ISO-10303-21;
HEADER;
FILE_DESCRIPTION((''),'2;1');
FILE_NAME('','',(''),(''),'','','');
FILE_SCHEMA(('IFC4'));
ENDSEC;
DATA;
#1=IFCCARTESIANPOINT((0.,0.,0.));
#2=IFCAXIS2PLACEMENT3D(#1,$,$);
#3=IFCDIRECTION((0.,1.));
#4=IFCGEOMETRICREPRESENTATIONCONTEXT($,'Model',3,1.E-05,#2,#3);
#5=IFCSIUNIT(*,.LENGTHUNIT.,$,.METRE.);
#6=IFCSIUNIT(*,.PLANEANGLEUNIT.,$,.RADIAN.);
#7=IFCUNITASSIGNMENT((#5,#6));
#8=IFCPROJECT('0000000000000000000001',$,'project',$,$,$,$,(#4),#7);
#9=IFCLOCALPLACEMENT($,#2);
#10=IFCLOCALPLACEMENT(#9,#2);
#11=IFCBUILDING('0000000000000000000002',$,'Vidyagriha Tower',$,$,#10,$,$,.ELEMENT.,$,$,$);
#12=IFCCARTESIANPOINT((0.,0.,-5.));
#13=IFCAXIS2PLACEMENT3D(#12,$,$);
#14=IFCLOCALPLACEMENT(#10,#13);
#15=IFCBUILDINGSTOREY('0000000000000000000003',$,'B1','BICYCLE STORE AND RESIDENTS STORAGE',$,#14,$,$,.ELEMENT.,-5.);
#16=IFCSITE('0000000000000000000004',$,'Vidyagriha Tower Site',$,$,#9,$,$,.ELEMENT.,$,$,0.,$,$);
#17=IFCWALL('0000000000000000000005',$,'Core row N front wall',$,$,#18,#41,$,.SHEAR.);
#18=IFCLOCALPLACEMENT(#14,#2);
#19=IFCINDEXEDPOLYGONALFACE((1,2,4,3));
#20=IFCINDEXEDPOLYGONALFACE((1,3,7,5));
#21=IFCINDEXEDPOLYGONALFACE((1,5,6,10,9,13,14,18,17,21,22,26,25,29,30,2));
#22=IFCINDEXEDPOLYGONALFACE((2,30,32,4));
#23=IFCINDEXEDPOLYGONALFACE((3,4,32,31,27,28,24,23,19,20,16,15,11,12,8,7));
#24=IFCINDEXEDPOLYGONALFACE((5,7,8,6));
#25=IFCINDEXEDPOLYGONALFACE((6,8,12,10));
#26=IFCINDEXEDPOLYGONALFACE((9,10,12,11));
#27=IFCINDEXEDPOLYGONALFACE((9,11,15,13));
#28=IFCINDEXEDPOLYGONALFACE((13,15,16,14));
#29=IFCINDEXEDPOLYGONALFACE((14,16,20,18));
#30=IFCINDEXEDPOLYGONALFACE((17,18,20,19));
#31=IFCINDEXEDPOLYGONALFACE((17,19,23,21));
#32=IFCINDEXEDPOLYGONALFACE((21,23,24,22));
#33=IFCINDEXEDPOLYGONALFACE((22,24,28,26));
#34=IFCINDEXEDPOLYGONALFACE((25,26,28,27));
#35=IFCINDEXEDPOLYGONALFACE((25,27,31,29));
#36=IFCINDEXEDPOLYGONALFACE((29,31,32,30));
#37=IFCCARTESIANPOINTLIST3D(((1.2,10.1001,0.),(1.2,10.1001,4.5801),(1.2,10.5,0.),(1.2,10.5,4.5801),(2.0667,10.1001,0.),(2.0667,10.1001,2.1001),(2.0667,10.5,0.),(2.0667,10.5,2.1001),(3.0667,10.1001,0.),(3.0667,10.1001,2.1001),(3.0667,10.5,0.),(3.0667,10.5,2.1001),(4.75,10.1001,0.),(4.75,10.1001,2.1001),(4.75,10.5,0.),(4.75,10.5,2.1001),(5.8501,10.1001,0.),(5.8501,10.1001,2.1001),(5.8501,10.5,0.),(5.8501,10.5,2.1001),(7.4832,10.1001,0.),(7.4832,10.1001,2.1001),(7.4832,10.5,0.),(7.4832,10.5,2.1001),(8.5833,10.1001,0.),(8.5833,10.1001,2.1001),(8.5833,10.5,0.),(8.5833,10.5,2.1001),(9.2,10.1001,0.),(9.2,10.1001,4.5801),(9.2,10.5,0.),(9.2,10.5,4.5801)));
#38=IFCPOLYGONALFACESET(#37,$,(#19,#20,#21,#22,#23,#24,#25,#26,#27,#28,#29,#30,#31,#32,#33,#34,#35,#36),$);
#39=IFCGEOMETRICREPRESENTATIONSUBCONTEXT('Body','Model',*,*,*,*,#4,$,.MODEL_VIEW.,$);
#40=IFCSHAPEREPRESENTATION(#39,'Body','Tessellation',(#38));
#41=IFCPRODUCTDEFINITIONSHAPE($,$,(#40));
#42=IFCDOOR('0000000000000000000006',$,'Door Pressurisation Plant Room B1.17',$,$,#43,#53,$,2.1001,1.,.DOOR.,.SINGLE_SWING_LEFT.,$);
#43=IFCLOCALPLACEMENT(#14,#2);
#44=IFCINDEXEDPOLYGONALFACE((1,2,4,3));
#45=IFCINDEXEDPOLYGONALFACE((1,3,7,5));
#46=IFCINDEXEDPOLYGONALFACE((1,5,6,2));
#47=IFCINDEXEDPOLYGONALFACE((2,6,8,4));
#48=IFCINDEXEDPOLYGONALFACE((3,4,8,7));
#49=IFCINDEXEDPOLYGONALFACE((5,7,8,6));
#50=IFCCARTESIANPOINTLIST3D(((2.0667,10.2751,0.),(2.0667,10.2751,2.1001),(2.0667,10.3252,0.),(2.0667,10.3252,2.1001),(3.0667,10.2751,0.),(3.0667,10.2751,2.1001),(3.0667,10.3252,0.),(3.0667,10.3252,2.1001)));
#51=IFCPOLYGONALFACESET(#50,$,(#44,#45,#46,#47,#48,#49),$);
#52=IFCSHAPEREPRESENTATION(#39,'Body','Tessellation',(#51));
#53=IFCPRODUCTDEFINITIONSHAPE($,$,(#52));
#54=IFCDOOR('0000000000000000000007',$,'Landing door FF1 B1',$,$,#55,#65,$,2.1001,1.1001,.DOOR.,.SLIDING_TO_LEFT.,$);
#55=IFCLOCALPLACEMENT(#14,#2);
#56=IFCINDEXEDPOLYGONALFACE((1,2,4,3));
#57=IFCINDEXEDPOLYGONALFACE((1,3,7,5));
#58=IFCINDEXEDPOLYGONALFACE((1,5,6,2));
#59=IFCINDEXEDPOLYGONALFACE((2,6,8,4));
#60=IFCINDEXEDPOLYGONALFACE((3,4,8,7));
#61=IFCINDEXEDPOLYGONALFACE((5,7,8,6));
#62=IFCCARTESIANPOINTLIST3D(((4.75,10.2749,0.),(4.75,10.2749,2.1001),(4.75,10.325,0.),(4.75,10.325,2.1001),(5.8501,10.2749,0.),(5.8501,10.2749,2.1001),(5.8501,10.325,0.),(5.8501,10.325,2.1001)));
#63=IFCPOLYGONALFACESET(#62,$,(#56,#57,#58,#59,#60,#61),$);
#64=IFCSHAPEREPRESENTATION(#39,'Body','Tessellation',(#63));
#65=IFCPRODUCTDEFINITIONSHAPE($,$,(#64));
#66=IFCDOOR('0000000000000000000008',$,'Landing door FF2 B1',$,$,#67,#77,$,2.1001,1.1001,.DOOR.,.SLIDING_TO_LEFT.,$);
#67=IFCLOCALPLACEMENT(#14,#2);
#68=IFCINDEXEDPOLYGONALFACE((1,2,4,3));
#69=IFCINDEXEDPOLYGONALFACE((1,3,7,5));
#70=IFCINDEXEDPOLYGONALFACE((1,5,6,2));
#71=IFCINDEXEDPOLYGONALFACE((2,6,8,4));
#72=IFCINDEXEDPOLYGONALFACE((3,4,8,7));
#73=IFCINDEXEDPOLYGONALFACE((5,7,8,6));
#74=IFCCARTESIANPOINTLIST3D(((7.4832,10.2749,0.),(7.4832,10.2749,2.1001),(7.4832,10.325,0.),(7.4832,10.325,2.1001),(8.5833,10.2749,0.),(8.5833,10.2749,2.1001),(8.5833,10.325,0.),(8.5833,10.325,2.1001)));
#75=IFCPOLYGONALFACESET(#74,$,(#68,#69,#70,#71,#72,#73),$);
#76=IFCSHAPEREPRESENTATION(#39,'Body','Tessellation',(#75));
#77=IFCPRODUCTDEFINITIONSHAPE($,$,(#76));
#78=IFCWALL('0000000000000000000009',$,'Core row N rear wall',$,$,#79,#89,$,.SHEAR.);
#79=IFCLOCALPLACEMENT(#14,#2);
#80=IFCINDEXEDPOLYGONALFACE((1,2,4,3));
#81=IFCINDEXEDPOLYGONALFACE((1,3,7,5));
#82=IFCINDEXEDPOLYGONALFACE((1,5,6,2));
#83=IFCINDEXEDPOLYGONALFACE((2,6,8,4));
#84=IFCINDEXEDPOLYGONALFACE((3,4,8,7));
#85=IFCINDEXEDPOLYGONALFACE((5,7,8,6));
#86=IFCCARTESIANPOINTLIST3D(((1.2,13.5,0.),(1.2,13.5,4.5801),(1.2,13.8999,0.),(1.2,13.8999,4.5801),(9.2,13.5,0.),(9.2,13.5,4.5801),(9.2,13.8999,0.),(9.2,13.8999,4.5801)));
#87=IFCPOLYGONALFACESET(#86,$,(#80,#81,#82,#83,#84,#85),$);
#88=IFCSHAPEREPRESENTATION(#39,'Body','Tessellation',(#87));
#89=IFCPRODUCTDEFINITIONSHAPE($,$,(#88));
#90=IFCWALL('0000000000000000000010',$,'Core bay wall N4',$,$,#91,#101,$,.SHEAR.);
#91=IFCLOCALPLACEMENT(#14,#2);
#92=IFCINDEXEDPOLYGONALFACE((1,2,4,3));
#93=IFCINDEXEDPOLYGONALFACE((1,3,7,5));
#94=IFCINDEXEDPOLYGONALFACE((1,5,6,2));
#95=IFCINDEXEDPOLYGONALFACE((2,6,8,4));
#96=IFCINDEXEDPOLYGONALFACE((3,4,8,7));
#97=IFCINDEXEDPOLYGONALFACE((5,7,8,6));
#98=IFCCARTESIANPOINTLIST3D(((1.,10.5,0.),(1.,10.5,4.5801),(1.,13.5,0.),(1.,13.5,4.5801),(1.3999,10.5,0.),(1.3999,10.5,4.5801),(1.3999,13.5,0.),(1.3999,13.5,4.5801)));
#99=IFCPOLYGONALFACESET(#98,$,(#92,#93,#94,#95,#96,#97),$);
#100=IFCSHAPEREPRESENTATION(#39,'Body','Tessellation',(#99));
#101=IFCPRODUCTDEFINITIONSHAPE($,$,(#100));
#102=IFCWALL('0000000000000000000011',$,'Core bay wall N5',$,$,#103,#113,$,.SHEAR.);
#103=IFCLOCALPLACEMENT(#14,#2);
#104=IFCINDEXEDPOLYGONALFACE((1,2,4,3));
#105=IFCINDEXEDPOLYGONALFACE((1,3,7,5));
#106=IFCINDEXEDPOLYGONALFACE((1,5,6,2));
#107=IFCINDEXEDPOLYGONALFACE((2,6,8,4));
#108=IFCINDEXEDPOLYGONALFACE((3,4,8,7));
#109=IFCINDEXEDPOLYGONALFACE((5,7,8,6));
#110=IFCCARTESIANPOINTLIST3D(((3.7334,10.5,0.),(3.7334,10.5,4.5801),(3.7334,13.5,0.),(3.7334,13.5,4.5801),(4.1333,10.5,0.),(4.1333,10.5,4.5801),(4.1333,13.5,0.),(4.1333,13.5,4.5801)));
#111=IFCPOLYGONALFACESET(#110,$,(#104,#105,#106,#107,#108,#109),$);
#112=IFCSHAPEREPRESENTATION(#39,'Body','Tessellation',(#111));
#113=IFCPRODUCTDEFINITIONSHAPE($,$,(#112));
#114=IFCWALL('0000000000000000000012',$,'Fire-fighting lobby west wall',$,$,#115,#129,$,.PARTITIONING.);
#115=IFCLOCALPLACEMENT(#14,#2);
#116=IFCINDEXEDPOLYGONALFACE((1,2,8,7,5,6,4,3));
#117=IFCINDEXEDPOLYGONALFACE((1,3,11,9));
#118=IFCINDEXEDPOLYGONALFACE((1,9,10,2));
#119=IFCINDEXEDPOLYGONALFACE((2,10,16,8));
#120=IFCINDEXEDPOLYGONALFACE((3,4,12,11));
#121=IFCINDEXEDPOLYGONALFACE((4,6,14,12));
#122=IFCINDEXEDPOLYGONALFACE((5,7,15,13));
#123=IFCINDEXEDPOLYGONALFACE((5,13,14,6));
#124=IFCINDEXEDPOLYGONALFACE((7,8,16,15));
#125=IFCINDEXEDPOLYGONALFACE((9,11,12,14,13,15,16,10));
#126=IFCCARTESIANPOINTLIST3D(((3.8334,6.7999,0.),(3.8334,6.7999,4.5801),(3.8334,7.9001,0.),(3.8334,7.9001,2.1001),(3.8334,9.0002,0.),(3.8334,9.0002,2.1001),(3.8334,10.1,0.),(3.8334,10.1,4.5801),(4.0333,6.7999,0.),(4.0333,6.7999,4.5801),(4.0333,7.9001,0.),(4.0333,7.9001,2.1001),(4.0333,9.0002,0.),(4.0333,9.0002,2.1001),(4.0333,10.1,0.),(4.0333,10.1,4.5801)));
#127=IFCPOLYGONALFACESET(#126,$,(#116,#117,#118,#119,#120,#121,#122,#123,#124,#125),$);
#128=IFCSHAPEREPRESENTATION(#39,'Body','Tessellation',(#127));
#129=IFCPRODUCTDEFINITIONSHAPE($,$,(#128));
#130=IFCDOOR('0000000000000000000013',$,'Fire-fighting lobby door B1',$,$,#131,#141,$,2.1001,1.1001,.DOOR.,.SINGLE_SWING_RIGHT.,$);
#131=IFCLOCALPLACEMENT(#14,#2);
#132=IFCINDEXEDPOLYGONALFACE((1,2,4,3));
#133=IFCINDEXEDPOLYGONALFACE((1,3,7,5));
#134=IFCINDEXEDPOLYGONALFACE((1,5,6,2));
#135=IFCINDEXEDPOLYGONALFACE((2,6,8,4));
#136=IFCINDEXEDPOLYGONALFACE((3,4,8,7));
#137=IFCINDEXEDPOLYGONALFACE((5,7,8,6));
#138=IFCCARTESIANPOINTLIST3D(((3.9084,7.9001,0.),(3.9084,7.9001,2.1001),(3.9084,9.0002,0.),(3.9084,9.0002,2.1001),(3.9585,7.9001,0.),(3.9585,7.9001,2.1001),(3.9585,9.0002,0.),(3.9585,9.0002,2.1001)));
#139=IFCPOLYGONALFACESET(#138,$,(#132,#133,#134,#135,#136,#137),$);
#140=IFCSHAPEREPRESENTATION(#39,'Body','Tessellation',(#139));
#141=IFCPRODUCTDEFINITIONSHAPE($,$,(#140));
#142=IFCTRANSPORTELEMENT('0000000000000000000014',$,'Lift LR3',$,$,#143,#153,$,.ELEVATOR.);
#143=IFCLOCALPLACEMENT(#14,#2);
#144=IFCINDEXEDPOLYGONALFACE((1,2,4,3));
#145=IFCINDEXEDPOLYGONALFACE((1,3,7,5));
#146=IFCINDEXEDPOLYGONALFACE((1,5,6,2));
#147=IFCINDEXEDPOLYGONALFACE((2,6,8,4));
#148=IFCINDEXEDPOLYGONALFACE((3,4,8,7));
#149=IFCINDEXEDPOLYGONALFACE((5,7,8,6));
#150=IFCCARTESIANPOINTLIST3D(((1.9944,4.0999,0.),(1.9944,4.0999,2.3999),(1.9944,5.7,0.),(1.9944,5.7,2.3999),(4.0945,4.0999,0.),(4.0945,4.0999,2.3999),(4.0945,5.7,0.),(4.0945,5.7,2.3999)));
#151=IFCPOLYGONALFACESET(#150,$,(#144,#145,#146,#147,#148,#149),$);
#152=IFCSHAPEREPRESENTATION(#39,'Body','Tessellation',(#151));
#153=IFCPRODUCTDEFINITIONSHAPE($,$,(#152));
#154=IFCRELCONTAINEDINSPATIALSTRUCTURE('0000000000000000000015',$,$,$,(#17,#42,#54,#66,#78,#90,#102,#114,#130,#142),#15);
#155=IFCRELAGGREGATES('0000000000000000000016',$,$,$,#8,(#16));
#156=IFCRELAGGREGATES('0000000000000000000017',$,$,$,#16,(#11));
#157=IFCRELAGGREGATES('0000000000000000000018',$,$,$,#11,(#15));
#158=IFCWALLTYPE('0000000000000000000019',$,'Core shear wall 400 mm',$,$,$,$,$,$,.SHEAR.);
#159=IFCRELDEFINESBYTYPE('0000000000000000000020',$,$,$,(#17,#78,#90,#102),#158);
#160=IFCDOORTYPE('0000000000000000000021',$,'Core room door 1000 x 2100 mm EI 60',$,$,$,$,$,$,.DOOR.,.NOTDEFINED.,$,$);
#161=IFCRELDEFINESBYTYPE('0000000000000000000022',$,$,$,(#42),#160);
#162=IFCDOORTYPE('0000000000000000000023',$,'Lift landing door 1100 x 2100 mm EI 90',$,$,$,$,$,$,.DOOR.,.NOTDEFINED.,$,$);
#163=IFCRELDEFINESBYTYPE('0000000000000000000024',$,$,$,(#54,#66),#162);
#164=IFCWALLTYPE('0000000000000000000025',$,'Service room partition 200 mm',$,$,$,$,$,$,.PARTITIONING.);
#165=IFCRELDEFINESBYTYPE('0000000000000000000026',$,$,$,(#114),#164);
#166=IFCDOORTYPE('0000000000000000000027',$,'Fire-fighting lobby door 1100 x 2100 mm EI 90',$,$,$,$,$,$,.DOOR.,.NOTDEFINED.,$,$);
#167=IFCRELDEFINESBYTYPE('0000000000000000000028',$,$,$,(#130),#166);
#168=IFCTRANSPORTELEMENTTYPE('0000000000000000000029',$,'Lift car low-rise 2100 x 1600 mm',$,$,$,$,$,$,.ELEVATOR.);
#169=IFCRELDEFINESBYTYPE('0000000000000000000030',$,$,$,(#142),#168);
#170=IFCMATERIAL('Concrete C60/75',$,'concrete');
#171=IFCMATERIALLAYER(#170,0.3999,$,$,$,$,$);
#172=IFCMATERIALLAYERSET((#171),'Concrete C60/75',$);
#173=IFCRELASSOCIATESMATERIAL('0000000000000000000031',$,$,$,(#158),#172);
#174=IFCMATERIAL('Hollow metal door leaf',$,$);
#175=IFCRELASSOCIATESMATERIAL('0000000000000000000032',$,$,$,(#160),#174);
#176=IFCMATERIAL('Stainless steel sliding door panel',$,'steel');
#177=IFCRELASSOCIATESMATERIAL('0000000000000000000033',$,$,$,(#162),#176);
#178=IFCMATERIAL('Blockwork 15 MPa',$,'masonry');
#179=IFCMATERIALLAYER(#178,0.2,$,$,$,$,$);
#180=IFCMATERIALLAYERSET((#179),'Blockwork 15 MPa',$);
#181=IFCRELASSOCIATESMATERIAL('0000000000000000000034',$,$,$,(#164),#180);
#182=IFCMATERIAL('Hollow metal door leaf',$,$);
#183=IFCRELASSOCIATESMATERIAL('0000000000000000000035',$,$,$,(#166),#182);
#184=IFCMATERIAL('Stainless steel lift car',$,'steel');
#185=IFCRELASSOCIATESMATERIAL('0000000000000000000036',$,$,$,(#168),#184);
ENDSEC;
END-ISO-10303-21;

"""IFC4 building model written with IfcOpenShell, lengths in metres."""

from ifc_helpers import new_model, si_unit, direction, frame, frame_2d, origin, origin_2d, place, context, subcontext, project, spatial, rectangle, extrude, material, layer, layer_set, type_object, element, fill, save


model = new_model("IFC4")

# Units and contexts
model_context = context("Model", 3, precision=1e-05, world=origin(), true_north=direction((0.0, 1.0)))
body_context = subcontext(model_context, "Body", "Model", "MODEL_VIEW")
ifc_project = project(units=[si_unit("LENGTHUNIT", "METRE"), si_unit("PLANEANGLEUNIT", "RADIAN")], contexts=[model_context])

# Site, building, storey
site_placement = place(None, origin())
site = spatial("IfcSite", under=ifc_project, at=site_placement, Name="Vidyagriha Tower Site", CompositionType="ELEMENT", RefElevation=0.0)
building_placement = place(site_placement, origin())
building = spatial("IfcBuilding", under=site, at=building_placement, Name="Vidyagriha Tower", CompositionType="ELEMENT")
storey_placement = place(building_placement, frame((0.0, 0.0, -5.0)))
storey = spatial("IfcBuildingStorey", under=building, at=storey_placement, Name="B1", Description="BICYCLE STORE AND RESIDENTS STORAGE", CompositionType="ELEMENT", Elevation=-5.0)

# Shared definitions
ifc_material_1 = material(Name="Concrete C60/75", Category="concrete")
ifc_layer_1 = layer(ifc_material_1, 0.3999)
ifc_layer_set_1 = layer_set([ifc_layer_1], Name="Concrete C60/75")
wall_type_1 = type_object("IfcWallType", Name="Core shear wall 400 mm", PredefinedType="SHEAR", material=ifc_layer_set_1)

# Wall, openings, doors
wall_1_placement = place(storey_placement, frame((1.2, 10.3, 0.0)))
wall_1 = element("IfcWall", 1, at=wall_1_placement, inside=storey, type_object=wall_type_1, Name="Core row N front wall", PredefinedType="SHEAR", context=body_context, shape_type="SweptSolid", body=[
    extrude(rectangle(XDim=8.0, YDim=0.3999, at=frame_2d((4.0, 0.0))), origin(), (0.0, 0.0, 1.0), 4.5801),
])
opening_1_placement = place(wall_1_placement, frame((3.55, 0.0, 0.0)))
opening_1 = element("IfcOpeningElement", 2, at=opening_1_placement, cuts=wall_1, PredefinedType="OPENING", context=body_context, shape_type="SweptSolid", body=[
    extrude(rectangle(XDim=1.1001, YDim=2.1001, at=frame_2d((0.55, 1.05))), frame((0.0, 0.21, 0.0), z_axis=(0.0, -1.0, 0.0), x_axis=(1.0, 0.0, 0.0)), (0.0, 0.0, 1.0), 0.4199),
])
opening_2_placement = place(wall_1_placement, frame((6.2832, 0.0, 0.0)))
opening_2 = element("IfcOpeningElement", 3, at=opening_2_placement, cuts=wall_1, PredefinedType="OPENING", context=body_context, shape_type="SweptSolid", body=[
    extrude(rectangle(XDim=1.1001, YDim=2.1001, at=frame_2d((0.55, 1.05))), frame((0.0, 0.21, 0.0), z_axis=(0.0, -1.0, 0.0), x_axis=(1.0, 0.0, 0.0)), (0.0, 0.0, 1.0), 0.4199),
])
opening_3_placement = place(wall_1_placement, frame((0.8667, 0.0, 0.0)))
opening_3 = element("IfcOpeningElement", 4, at=opening_3_placement, cuts=wall_1, PredefinedType="OPENING", context=body_context, shape_type="SweptSolid", body=[
    extrude(rectangle(XDim=1.0, YDim=2.1001, at=frame_2d((0.5, 1.05))), frame((0.0, 0.21, 0.0), z_axis=(0.0, -1.0, 0.0), x_axis=(1.0, 0.0, 0.0)), (0.0, 0.0, 1.0), 0.4199),
])
ifc_material_2 = material(Name="Hollow metal door leaf")
door_type_1 = type_object("IfcDoorType", Name="Core room door 1000 x 2100 mm EI 60", OperationType="NOTDEFINED", PredefinedType="DOOR", material=ifc_material_2)
door_1_placement = place(opening_3_placement, frame((1.0, 0.0, 0.0), z_axis=(0.0, 0.0, 1.0), x_axis=(-1.0, 0.0, 0.0)))
door_1 = element("IfcDoor", 5, at=door_1_placement, inside=storey, type_object=door_type_1, Name="Door Pressurisation Plant Room B1.17", OperationType="SINGLE_SWING_LEFT", OverallHeight=2.1001, OverallWidth=1.0, PredefinedType="DOOR", context=body_context, shape_type="SweptSolid", body=[
    extrude(rectangle(XDim=1.0, YDim=2.1001, at=frame_2d((0.5, 1.05))), frame((0.0, 0.0249, 0.0), z_axis=(0.0, -1.0, 0.0), x_axis=(1.0, 0.0, 0.0)), (0.0, 0.0, 1.0), 0.05),
])
fill(opening_3, door_1)
ifc_material_3 = material(Name="Stainless steel sliding door panel", Category="steel")
door_type_2 = type_object("IfcDoorType", Name="Lift landing door 1100 x 2100 mm EI 90", OperationType="NOTDEFINED", PredefinedType="DOOR", material=ifc_material_3)
door_2_placement = place(opening_1_placement, origin())
door_2 = element("IfcDoor", 6, at=door_2_placement, inside=storey, type_object=door_type_2, Name="Landing door FF1 B1", OperationType="SLIDING_TO_LEFT", OverallHeight=2.1001, OverallWidth=1.1001, PredefinedType="DOOR", context=body_context, shape_type="SweptSolid", body=[
    extrude(rectangle(XDim=1.1001, YDim=2.1001, at=frame_2d((0.55, 1.05))), frame((0.0, 0.0249, 0.0), z_axis=(0.0, -1.0, 0.0), x_axis=(1.0, 0.0, 0.0)), (0.0, 0.0, 1.0), 0.05),
])
fill(opening_1, door_2)
door_3_placement = place(opening_2_placement, origin())
door_3 = element("IfcDoor", 7, at=door_3_placement, inside=storey, type_object=door_type_2, Name="Landing door FF2 B1", OperationType="SLIDING_TO_LEFT", OverallHeight=2.1001, OverallWidth=1.1001, PredefinedType="DOOR", context=body_context, shape_type="SweptSolid", body=[
    extrude(rectangle(XDim=1.1001, YDim=2.1001, at=frame_2d((0.55, 1.05))), frame((0.0, 0.0249, 0.0), z_axis=(0.0, -1.0, 0.0), x_axis=(1.0, 0.0, 0.0)), (0.0, 0.0, 1.0), 0.05),
])
fill(opening_2, door_3)

# Walls
wall_2_placement = place(storey_placement, frame((1.2, 13.7, 0.0)))
element("IfcWall", 8, at=wall_2_placement, inside=storey, type_object=wall_type_1, Name="Core row N rear wall", PredefinedType="SHEAR", context=body_context, shape_type="SweptSolid", body=[
    extrude(rectangle(XDim=8.0, YDim=0.3999, at=frame_2d((4.0, 0.0))), origin(), (0.0, 0.0, 1.0), 4.5801),
])
for number, where, z_axis, x_axis, name in (
    (9, (1.2, 10.5, 0.0), (0.0, 0.0, 1.0), (0.0, 1.0, 0.0), "Core bay wall N4"),
    (10, (3.9333, 10.5, 0.0), (0.0, 0.0, 1.0), (0.0, 1.0, 0.0), "Core bay wall N5"),
):
    element("IfcWall", number, at=place(storey_placement, frame(where, z_axis=z_axis, x_axis=x_axis)), inside=storey, type_object=wall_type_1, Name=name, PredefinedType="SHEAR", context=body_context, shape_type="SweptSolid", body=[
        extrude(rectangle(XDim=3.0, YDim=0.3999, at=frame_2d((1.5, 0.0))), origin(), (0.0, 0.0, 1.0), 4.5801),
    ])

# Wall, opening, door
ifc_material_4 = material(Name="Blockwork 15 MPa", Category="masonry")
ifc_layer_2 = layer(ifc_material_4, 0.2)
ifc_layer_set_2 = layer_set([ifc_layer_2], Name="Blockwork 15 MPa")
wall_type_2 = type_object("IfcWallType", Name="Service room partition 200 mm", PredefinedType="PARTITIONING", material=ifc_layer_set_2)
wall_3_placement = place(storey_placement, frame((3.9333, 6.8, 0.0), z_axis=(0.0, 0.0, 1.0), x_axis=(0.0, 1.0, 0.0)))
wall_3 = element("IfcWall", 11, at=wall_3_placement, inside=storey, type_object=wall_type_2, Name="Fire-fighting lobby west wall", PredefinedType="PARTITIONING", context=body_context, shape_type="SweptSolid", body=[
    extrude(rectangle(XDim=3.3, YDim=0.2, at=frame_2d((1.6499, 0.0))), origin(), (0.0, 0.0, 1.0), 4.5801),
])
opening_4_placement = place(wall_3_placement, frame((1.1001, 0.0, 0.0)))
opening_4 = element("IfcOpeningElement", 12, at=opening_4_placement, cuts=wall_3, PredefinedType="OPENING", context=body_context, shape_type="SweptSolid", body=[
    extrude(rectangle(XDim=1.1001, YDim=2.1001, at=frame_2d((0.55, 1.05))), frame((0.0, 0.1099, 0.0), z_axis=(0.0, -1.0, 0.0), x_axis=(1.0, 0.0, 0.0)), (0.0, 0.0, 1.0), 0.22),
])
ifc_material_5 = material(Name="Hollow metal door leaf")
door_type_3 = type_object("IfcDoorType", Name="Fire-fighting lobby door 1100 x 2100 mm EI 90", OperationType="NOTDEFINED", PredefinedType="DOOR", material=ifc_material_5)
door_4_placement = place(opening_4_placement, origin())
door_4 = element("IfcDoor", 13, at=door_4_placement, inside=storey, type_object=door_type_3, Name="Fire-fighting lobby door B1", OperationType="SINGLE_SWING_RIGHT", OverallHeight=2.1001, OverallWidth=1.1001, PredefinedType="DOOR", context=body_context, shape_type="SweptSolid", body=[
    extrude(rectangle(XDim=1.1001, YDim=2.1001, at=frame_2d((0.55, 1.05))), frame((0.0, 0.0249, 0.0), z_axis=(0.0, -1.0, 0.0), x_axis=(1.0, 0.0, 0.0)), (0.0, 0.0, 1.0), 0.05),
])
fill(opening_4, door_4)

# Transport element
ifc_material_6 = material(Name="Stainless steel lift car", Category="steel")
transport_element_type = type_object("IfcTransportElementType", Name="Lift car low-rise 2100 x 1600 mm", PredefinedType="ELEVATOR", material=ifc_material_6)
transport_element_placement = place(storey_placement, frame((3.0444, 4.8999, 0.0)))
element("IfcTransportElement", 14, at=transport_element_placement, inside=storey, type_object=transport_element_type, Name="Lift LR3", PredefinedType="ELEVATOR", context=body_context, shape_type="SweptSolid", body=[
    extrude(rectangle(XDim=2.1001, YDim=1.6001, at=origin_2d()), origin(), (0.0, 0.0, 1.0), 2.3999),
])

save(model, "model.ifc")
